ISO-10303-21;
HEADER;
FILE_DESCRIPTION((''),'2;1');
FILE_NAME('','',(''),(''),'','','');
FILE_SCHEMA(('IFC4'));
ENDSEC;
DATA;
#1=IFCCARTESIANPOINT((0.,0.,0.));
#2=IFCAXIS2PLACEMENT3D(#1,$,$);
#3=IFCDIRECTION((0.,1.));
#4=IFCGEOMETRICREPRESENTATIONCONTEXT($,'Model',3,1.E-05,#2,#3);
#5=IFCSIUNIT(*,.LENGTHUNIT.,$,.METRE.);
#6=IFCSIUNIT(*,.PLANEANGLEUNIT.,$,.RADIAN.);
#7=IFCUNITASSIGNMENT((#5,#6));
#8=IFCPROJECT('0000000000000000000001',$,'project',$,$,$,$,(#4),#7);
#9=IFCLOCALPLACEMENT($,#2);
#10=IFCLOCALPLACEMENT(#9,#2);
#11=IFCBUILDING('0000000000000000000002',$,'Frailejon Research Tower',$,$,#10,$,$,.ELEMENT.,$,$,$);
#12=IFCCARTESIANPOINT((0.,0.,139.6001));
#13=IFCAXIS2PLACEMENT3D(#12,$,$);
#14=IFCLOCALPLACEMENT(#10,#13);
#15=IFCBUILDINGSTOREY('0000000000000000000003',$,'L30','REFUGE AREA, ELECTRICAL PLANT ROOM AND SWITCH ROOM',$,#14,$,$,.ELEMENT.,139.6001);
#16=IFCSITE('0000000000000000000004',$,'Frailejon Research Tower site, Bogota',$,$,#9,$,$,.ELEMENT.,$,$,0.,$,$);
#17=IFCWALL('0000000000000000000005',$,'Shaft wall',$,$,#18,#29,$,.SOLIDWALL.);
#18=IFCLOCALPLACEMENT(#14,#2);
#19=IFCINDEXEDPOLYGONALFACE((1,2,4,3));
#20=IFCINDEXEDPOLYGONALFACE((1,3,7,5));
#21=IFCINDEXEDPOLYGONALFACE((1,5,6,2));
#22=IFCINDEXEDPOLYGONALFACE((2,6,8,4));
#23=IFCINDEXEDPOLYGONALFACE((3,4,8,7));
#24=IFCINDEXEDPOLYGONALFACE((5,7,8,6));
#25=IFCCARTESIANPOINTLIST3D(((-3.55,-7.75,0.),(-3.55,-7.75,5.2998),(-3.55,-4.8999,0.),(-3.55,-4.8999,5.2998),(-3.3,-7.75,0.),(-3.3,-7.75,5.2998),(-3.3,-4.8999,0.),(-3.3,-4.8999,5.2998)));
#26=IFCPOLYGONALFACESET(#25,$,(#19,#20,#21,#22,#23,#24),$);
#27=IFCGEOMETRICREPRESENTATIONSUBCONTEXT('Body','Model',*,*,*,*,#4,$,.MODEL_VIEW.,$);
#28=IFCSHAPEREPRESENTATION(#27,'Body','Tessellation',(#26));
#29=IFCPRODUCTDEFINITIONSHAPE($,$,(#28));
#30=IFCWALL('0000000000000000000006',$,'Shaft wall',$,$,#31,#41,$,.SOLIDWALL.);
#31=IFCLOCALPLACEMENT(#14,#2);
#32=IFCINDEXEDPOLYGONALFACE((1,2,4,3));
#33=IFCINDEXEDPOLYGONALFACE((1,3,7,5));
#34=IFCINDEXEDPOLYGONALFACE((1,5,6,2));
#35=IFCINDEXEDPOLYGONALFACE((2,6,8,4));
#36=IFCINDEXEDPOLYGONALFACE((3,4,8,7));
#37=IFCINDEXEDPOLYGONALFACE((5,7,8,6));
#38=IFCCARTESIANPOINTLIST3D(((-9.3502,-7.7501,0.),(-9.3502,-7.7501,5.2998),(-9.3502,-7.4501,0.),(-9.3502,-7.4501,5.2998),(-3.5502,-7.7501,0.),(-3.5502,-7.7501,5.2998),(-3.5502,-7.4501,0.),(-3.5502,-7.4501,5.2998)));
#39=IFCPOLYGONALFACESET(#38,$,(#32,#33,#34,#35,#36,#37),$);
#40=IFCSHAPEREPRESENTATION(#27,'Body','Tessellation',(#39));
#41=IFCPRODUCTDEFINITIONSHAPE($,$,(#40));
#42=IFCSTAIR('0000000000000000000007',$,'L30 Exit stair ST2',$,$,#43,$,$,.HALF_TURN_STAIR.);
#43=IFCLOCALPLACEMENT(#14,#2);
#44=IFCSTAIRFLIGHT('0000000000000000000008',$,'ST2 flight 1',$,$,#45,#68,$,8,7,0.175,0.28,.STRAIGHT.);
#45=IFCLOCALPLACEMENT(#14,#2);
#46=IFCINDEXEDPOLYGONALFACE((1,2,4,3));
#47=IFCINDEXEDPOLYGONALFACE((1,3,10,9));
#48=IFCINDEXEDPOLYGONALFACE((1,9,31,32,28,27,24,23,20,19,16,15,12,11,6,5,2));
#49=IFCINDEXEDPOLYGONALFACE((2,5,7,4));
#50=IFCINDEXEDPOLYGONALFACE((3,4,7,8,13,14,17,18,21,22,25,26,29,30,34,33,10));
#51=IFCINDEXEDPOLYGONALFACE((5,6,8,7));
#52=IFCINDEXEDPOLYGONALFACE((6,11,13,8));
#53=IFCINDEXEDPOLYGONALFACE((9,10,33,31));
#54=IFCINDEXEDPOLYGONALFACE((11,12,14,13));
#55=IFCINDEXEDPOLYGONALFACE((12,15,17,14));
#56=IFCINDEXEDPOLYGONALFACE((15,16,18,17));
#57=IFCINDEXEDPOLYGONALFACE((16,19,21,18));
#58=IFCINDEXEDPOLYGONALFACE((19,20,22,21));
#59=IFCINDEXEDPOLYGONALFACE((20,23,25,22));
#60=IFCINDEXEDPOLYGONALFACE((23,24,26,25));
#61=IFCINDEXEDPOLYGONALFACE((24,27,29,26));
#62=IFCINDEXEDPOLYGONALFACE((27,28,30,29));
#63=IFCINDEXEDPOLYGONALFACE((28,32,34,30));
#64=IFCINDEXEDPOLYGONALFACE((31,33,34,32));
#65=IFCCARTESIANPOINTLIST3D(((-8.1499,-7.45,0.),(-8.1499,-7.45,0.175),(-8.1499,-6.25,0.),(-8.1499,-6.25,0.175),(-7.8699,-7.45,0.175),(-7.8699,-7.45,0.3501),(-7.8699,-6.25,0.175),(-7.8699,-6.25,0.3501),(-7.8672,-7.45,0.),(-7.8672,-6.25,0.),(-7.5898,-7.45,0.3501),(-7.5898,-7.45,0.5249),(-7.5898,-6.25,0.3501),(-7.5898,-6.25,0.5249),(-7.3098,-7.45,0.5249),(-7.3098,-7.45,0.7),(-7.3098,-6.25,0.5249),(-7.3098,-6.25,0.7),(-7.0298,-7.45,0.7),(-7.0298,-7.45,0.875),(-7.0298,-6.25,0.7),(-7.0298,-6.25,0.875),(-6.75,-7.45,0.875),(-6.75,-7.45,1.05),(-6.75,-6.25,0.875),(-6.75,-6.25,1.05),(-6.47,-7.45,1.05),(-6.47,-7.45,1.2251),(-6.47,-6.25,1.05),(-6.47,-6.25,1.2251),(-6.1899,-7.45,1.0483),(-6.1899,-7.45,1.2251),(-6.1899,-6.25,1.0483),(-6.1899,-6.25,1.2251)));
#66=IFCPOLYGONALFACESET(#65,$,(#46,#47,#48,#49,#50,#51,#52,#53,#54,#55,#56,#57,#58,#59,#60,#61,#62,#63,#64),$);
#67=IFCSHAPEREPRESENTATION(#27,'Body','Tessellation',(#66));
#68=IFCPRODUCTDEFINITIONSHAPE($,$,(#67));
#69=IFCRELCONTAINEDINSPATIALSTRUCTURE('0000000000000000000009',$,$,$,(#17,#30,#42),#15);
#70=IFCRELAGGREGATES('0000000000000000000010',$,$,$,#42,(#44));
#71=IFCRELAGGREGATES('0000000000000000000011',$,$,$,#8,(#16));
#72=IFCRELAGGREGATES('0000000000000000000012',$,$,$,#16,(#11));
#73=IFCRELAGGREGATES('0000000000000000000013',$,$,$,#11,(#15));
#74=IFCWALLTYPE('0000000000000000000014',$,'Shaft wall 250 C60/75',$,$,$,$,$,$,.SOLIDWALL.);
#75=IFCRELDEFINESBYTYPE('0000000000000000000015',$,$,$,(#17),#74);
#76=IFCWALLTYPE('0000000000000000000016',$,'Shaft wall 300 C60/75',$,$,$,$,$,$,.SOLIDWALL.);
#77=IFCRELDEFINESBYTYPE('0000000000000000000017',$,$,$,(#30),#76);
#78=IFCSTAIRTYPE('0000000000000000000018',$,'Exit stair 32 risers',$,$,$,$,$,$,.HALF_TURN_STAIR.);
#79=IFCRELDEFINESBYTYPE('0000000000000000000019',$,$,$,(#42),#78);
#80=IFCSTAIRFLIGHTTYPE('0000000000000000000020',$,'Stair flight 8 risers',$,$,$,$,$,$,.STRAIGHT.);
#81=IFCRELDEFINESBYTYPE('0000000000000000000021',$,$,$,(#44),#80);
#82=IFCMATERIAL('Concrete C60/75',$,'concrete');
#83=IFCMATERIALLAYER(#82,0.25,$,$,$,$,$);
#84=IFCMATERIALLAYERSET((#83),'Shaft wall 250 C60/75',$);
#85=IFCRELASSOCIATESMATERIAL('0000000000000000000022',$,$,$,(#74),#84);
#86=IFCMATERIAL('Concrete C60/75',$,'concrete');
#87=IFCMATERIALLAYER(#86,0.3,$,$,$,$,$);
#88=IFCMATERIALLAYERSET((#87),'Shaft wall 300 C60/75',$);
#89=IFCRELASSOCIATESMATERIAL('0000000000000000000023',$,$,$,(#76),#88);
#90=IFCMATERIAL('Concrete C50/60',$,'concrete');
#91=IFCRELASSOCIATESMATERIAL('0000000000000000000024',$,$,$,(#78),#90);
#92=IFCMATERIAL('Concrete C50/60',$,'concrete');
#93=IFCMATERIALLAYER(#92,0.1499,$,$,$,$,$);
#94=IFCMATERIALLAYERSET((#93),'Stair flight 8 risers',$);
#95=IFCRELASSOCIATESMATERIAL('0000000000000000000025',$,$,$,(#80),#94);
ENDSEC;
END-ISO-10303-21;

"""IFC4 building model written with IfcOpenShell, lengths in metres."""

from ifc_helpers import new_model, si_unit, direction, frame, frame_2d, origin, place, context, subcontext, project, spatial, polyline, rectangle, outline, extrude, material, layer, layer_set, type_object, element, aggregate, save


model = new_model("IFC4")

# Units and contexts
model_context = context("Model", 3, precision=1e-05, world=origin(), true_north=direction((0.0, 1.0)))
body_context = subcontext(model_context, "Body", "Model", "MODEL_VIEW")
ifc_project = project(units=[si_unit("LENGTHUNIT", "METRE"), si_unit("PLANEANGLEUNIT", "RADIAN")], contexts=[model_context])

# Site, building, storey
site_placement = place(None, origin())
site = spatial("IfcSite", under=ifc_project, at=site_placement, Name="Frailejon Research Tower site, Bogota", CompositionType="ELEMENT", RefElevation=0.0)
building_placement = place(site_placement, origin())
building = spatial("IfcBuilding", under=site, at=building_placement, Name="Frailejon Research Tower", CompositionType="ELEMENT")
storey_placement = place(building_placement, frame((0.0, 0.0, 139.6001)))
storey = spatial("IfcBuildingStorey", under=building, at=storey_placement, Name="L30", Description="REFUGE AREA, ELECTRICAL PLANT ROOM AND SWITCH ROOM", CompositionType="ELEMENT", Elevation=139.6001)

# Walls
ifc_material_1 = material(Name="Concrete C60/75", Category="concrete")
ifc_layer_1 = layer(ifc_material_1, 0.25)
ifc_layer_set_1 = layer_set([ifc_layer_1], Name="Shaft wall 250 C60/75")
wall_type_1 = type_object("IfcWallType", Name="Shaft wall 250 C60/75", PredefinedType="SOLIDWALL", material=ifc_layer_set_1)
wall_1_placement = place(storey_placement, frame((-3.425, -7.75, 0.0), z_axis=(0.0, 0.0, 1.0), x_axis=(0.0, 1.0, 0.0)))
element("IfcWall", 1, at=wall_1_placement, inside=storey, type_object=wall_type_1, Name="Shaft wall", PredefinedType="SOLIDWALL", context=body_context, shape_type="SweptSolid", body=[
    extrude(rectangle(XDim=2.8501, YDim=0.25, at=frame_2d((1.425, 0.0))), origin(), (0.0, 0.0, 1.0), 5.2998),
])
ifc_material_2 = material(Name="Concrete C60/75", Category="concrete")
ifc_layer_2 = layer(ifc_material_2, 0.3)
ifc_layer_set_2 = layer_set([ifc_layer_2], Name="Shaft wall 300 C60/75")
wall_type_2 = type_object("IfcWallType", Name="Shaft wall 300 C60/75", PredefinedType="SOLIDWALL", material=ifc_layer_set_2)
wall_2_placement = place(storey_placement, frame((-9.3501, -7.6001, 0.0), z_axis=(0.0, 0.0, 1.0), x_axis=(1.0, 0.0, 0.0)))
element("IfcWall", 2, at=wall_2_placement, inside=storey, type_object=wall_type_2, Name="Shaft wall", PredefinedType="SOLIDWALL", context=body_context, shape_type="SweptSolid", body=[
    extrude(rectangle(XDim=5.8, YDim=0.3, at=frame_2d((2.8999, 0.0))), origin(), (0.0, 0.0, 1.0), 5.2998),
])

# Stair, stair flight
ifc_material_3 = material(Name="Concrete C50/60", Category="concrete")
stair_type = type_object("IfcStairType", Name="Exit stair 32 risers", PredefinedType="HALF_TURN_STAIR", material=ifc_material_3)
stair_placement = place(storey_placement, origin())
stair = element("IfcStair", 3, at=stair_placement, inside=storey, type_object=stair_type, Name="L30 Exit stair ST2", PredefinedType="HALF_TURN_STAIR")
ifc_material_4 = material(Name="Concrete C50/60", Category="concrete")
ifc_layer_3 = layer(ifc_material_4, 0.1499)
ifc_layer_set_3 = layer_set([ifc_layer_3], Name="Stair flight 8 risers")
stair_flight_type = type_object("IfcStairFlightType", Name="Stair flight 8 risers", PredefinedType="STRAIGHT", material=ifc_layer_set_3)
stair_flight_placement = place(storey_placement, frame((-8.1499, -6.8501, 0.0), z_axis=(0.0, 0.0, 1.0), x_axis=(1.0, 0.0, 0.0)))
stair_flight = element("IfcStairFlight", 4, at=stair_flight_placement, type_object=stair_flight_type, Name="ST2 flight 1", NumberOfRisers=8, NumberOfTreads=7, PredefinedType="STRAIGHT", RiserHeight=0.175, TreadLength=0.28, context=body_context, shape_type="SweptSolid", body=[
    extrude(outline(polyline([(0.0, 0.0), (0.0, 0.175), (0.28, 0.175), (0.28, 0.3501), (0.5601, 0.3501), (0.5601, 0.5249), (0.8401, 0.5249), (0.8401, 0.7), (1.1201, 0.7), (1.1201, 0.875), (1.3999, 0.875), (1.3999, 1.05), (1.6799, 1.05), (1.6799, 1.2251), (1.96, 1.2251), (1.96, 1.3999), (1.96, 1.0483), (0.2827, 0.0), (0.0, 0.0)])), frame((0.0, 0.6001, 0.0), z_axis=(0.0, -1.0, 0.0), x_axis=(1.0, 0.0, 0.0)), (0.0, 0.0, 1.0), 1.2),
])
aggregate(stair, [stair_flight])

save(model, "model.ifc")
